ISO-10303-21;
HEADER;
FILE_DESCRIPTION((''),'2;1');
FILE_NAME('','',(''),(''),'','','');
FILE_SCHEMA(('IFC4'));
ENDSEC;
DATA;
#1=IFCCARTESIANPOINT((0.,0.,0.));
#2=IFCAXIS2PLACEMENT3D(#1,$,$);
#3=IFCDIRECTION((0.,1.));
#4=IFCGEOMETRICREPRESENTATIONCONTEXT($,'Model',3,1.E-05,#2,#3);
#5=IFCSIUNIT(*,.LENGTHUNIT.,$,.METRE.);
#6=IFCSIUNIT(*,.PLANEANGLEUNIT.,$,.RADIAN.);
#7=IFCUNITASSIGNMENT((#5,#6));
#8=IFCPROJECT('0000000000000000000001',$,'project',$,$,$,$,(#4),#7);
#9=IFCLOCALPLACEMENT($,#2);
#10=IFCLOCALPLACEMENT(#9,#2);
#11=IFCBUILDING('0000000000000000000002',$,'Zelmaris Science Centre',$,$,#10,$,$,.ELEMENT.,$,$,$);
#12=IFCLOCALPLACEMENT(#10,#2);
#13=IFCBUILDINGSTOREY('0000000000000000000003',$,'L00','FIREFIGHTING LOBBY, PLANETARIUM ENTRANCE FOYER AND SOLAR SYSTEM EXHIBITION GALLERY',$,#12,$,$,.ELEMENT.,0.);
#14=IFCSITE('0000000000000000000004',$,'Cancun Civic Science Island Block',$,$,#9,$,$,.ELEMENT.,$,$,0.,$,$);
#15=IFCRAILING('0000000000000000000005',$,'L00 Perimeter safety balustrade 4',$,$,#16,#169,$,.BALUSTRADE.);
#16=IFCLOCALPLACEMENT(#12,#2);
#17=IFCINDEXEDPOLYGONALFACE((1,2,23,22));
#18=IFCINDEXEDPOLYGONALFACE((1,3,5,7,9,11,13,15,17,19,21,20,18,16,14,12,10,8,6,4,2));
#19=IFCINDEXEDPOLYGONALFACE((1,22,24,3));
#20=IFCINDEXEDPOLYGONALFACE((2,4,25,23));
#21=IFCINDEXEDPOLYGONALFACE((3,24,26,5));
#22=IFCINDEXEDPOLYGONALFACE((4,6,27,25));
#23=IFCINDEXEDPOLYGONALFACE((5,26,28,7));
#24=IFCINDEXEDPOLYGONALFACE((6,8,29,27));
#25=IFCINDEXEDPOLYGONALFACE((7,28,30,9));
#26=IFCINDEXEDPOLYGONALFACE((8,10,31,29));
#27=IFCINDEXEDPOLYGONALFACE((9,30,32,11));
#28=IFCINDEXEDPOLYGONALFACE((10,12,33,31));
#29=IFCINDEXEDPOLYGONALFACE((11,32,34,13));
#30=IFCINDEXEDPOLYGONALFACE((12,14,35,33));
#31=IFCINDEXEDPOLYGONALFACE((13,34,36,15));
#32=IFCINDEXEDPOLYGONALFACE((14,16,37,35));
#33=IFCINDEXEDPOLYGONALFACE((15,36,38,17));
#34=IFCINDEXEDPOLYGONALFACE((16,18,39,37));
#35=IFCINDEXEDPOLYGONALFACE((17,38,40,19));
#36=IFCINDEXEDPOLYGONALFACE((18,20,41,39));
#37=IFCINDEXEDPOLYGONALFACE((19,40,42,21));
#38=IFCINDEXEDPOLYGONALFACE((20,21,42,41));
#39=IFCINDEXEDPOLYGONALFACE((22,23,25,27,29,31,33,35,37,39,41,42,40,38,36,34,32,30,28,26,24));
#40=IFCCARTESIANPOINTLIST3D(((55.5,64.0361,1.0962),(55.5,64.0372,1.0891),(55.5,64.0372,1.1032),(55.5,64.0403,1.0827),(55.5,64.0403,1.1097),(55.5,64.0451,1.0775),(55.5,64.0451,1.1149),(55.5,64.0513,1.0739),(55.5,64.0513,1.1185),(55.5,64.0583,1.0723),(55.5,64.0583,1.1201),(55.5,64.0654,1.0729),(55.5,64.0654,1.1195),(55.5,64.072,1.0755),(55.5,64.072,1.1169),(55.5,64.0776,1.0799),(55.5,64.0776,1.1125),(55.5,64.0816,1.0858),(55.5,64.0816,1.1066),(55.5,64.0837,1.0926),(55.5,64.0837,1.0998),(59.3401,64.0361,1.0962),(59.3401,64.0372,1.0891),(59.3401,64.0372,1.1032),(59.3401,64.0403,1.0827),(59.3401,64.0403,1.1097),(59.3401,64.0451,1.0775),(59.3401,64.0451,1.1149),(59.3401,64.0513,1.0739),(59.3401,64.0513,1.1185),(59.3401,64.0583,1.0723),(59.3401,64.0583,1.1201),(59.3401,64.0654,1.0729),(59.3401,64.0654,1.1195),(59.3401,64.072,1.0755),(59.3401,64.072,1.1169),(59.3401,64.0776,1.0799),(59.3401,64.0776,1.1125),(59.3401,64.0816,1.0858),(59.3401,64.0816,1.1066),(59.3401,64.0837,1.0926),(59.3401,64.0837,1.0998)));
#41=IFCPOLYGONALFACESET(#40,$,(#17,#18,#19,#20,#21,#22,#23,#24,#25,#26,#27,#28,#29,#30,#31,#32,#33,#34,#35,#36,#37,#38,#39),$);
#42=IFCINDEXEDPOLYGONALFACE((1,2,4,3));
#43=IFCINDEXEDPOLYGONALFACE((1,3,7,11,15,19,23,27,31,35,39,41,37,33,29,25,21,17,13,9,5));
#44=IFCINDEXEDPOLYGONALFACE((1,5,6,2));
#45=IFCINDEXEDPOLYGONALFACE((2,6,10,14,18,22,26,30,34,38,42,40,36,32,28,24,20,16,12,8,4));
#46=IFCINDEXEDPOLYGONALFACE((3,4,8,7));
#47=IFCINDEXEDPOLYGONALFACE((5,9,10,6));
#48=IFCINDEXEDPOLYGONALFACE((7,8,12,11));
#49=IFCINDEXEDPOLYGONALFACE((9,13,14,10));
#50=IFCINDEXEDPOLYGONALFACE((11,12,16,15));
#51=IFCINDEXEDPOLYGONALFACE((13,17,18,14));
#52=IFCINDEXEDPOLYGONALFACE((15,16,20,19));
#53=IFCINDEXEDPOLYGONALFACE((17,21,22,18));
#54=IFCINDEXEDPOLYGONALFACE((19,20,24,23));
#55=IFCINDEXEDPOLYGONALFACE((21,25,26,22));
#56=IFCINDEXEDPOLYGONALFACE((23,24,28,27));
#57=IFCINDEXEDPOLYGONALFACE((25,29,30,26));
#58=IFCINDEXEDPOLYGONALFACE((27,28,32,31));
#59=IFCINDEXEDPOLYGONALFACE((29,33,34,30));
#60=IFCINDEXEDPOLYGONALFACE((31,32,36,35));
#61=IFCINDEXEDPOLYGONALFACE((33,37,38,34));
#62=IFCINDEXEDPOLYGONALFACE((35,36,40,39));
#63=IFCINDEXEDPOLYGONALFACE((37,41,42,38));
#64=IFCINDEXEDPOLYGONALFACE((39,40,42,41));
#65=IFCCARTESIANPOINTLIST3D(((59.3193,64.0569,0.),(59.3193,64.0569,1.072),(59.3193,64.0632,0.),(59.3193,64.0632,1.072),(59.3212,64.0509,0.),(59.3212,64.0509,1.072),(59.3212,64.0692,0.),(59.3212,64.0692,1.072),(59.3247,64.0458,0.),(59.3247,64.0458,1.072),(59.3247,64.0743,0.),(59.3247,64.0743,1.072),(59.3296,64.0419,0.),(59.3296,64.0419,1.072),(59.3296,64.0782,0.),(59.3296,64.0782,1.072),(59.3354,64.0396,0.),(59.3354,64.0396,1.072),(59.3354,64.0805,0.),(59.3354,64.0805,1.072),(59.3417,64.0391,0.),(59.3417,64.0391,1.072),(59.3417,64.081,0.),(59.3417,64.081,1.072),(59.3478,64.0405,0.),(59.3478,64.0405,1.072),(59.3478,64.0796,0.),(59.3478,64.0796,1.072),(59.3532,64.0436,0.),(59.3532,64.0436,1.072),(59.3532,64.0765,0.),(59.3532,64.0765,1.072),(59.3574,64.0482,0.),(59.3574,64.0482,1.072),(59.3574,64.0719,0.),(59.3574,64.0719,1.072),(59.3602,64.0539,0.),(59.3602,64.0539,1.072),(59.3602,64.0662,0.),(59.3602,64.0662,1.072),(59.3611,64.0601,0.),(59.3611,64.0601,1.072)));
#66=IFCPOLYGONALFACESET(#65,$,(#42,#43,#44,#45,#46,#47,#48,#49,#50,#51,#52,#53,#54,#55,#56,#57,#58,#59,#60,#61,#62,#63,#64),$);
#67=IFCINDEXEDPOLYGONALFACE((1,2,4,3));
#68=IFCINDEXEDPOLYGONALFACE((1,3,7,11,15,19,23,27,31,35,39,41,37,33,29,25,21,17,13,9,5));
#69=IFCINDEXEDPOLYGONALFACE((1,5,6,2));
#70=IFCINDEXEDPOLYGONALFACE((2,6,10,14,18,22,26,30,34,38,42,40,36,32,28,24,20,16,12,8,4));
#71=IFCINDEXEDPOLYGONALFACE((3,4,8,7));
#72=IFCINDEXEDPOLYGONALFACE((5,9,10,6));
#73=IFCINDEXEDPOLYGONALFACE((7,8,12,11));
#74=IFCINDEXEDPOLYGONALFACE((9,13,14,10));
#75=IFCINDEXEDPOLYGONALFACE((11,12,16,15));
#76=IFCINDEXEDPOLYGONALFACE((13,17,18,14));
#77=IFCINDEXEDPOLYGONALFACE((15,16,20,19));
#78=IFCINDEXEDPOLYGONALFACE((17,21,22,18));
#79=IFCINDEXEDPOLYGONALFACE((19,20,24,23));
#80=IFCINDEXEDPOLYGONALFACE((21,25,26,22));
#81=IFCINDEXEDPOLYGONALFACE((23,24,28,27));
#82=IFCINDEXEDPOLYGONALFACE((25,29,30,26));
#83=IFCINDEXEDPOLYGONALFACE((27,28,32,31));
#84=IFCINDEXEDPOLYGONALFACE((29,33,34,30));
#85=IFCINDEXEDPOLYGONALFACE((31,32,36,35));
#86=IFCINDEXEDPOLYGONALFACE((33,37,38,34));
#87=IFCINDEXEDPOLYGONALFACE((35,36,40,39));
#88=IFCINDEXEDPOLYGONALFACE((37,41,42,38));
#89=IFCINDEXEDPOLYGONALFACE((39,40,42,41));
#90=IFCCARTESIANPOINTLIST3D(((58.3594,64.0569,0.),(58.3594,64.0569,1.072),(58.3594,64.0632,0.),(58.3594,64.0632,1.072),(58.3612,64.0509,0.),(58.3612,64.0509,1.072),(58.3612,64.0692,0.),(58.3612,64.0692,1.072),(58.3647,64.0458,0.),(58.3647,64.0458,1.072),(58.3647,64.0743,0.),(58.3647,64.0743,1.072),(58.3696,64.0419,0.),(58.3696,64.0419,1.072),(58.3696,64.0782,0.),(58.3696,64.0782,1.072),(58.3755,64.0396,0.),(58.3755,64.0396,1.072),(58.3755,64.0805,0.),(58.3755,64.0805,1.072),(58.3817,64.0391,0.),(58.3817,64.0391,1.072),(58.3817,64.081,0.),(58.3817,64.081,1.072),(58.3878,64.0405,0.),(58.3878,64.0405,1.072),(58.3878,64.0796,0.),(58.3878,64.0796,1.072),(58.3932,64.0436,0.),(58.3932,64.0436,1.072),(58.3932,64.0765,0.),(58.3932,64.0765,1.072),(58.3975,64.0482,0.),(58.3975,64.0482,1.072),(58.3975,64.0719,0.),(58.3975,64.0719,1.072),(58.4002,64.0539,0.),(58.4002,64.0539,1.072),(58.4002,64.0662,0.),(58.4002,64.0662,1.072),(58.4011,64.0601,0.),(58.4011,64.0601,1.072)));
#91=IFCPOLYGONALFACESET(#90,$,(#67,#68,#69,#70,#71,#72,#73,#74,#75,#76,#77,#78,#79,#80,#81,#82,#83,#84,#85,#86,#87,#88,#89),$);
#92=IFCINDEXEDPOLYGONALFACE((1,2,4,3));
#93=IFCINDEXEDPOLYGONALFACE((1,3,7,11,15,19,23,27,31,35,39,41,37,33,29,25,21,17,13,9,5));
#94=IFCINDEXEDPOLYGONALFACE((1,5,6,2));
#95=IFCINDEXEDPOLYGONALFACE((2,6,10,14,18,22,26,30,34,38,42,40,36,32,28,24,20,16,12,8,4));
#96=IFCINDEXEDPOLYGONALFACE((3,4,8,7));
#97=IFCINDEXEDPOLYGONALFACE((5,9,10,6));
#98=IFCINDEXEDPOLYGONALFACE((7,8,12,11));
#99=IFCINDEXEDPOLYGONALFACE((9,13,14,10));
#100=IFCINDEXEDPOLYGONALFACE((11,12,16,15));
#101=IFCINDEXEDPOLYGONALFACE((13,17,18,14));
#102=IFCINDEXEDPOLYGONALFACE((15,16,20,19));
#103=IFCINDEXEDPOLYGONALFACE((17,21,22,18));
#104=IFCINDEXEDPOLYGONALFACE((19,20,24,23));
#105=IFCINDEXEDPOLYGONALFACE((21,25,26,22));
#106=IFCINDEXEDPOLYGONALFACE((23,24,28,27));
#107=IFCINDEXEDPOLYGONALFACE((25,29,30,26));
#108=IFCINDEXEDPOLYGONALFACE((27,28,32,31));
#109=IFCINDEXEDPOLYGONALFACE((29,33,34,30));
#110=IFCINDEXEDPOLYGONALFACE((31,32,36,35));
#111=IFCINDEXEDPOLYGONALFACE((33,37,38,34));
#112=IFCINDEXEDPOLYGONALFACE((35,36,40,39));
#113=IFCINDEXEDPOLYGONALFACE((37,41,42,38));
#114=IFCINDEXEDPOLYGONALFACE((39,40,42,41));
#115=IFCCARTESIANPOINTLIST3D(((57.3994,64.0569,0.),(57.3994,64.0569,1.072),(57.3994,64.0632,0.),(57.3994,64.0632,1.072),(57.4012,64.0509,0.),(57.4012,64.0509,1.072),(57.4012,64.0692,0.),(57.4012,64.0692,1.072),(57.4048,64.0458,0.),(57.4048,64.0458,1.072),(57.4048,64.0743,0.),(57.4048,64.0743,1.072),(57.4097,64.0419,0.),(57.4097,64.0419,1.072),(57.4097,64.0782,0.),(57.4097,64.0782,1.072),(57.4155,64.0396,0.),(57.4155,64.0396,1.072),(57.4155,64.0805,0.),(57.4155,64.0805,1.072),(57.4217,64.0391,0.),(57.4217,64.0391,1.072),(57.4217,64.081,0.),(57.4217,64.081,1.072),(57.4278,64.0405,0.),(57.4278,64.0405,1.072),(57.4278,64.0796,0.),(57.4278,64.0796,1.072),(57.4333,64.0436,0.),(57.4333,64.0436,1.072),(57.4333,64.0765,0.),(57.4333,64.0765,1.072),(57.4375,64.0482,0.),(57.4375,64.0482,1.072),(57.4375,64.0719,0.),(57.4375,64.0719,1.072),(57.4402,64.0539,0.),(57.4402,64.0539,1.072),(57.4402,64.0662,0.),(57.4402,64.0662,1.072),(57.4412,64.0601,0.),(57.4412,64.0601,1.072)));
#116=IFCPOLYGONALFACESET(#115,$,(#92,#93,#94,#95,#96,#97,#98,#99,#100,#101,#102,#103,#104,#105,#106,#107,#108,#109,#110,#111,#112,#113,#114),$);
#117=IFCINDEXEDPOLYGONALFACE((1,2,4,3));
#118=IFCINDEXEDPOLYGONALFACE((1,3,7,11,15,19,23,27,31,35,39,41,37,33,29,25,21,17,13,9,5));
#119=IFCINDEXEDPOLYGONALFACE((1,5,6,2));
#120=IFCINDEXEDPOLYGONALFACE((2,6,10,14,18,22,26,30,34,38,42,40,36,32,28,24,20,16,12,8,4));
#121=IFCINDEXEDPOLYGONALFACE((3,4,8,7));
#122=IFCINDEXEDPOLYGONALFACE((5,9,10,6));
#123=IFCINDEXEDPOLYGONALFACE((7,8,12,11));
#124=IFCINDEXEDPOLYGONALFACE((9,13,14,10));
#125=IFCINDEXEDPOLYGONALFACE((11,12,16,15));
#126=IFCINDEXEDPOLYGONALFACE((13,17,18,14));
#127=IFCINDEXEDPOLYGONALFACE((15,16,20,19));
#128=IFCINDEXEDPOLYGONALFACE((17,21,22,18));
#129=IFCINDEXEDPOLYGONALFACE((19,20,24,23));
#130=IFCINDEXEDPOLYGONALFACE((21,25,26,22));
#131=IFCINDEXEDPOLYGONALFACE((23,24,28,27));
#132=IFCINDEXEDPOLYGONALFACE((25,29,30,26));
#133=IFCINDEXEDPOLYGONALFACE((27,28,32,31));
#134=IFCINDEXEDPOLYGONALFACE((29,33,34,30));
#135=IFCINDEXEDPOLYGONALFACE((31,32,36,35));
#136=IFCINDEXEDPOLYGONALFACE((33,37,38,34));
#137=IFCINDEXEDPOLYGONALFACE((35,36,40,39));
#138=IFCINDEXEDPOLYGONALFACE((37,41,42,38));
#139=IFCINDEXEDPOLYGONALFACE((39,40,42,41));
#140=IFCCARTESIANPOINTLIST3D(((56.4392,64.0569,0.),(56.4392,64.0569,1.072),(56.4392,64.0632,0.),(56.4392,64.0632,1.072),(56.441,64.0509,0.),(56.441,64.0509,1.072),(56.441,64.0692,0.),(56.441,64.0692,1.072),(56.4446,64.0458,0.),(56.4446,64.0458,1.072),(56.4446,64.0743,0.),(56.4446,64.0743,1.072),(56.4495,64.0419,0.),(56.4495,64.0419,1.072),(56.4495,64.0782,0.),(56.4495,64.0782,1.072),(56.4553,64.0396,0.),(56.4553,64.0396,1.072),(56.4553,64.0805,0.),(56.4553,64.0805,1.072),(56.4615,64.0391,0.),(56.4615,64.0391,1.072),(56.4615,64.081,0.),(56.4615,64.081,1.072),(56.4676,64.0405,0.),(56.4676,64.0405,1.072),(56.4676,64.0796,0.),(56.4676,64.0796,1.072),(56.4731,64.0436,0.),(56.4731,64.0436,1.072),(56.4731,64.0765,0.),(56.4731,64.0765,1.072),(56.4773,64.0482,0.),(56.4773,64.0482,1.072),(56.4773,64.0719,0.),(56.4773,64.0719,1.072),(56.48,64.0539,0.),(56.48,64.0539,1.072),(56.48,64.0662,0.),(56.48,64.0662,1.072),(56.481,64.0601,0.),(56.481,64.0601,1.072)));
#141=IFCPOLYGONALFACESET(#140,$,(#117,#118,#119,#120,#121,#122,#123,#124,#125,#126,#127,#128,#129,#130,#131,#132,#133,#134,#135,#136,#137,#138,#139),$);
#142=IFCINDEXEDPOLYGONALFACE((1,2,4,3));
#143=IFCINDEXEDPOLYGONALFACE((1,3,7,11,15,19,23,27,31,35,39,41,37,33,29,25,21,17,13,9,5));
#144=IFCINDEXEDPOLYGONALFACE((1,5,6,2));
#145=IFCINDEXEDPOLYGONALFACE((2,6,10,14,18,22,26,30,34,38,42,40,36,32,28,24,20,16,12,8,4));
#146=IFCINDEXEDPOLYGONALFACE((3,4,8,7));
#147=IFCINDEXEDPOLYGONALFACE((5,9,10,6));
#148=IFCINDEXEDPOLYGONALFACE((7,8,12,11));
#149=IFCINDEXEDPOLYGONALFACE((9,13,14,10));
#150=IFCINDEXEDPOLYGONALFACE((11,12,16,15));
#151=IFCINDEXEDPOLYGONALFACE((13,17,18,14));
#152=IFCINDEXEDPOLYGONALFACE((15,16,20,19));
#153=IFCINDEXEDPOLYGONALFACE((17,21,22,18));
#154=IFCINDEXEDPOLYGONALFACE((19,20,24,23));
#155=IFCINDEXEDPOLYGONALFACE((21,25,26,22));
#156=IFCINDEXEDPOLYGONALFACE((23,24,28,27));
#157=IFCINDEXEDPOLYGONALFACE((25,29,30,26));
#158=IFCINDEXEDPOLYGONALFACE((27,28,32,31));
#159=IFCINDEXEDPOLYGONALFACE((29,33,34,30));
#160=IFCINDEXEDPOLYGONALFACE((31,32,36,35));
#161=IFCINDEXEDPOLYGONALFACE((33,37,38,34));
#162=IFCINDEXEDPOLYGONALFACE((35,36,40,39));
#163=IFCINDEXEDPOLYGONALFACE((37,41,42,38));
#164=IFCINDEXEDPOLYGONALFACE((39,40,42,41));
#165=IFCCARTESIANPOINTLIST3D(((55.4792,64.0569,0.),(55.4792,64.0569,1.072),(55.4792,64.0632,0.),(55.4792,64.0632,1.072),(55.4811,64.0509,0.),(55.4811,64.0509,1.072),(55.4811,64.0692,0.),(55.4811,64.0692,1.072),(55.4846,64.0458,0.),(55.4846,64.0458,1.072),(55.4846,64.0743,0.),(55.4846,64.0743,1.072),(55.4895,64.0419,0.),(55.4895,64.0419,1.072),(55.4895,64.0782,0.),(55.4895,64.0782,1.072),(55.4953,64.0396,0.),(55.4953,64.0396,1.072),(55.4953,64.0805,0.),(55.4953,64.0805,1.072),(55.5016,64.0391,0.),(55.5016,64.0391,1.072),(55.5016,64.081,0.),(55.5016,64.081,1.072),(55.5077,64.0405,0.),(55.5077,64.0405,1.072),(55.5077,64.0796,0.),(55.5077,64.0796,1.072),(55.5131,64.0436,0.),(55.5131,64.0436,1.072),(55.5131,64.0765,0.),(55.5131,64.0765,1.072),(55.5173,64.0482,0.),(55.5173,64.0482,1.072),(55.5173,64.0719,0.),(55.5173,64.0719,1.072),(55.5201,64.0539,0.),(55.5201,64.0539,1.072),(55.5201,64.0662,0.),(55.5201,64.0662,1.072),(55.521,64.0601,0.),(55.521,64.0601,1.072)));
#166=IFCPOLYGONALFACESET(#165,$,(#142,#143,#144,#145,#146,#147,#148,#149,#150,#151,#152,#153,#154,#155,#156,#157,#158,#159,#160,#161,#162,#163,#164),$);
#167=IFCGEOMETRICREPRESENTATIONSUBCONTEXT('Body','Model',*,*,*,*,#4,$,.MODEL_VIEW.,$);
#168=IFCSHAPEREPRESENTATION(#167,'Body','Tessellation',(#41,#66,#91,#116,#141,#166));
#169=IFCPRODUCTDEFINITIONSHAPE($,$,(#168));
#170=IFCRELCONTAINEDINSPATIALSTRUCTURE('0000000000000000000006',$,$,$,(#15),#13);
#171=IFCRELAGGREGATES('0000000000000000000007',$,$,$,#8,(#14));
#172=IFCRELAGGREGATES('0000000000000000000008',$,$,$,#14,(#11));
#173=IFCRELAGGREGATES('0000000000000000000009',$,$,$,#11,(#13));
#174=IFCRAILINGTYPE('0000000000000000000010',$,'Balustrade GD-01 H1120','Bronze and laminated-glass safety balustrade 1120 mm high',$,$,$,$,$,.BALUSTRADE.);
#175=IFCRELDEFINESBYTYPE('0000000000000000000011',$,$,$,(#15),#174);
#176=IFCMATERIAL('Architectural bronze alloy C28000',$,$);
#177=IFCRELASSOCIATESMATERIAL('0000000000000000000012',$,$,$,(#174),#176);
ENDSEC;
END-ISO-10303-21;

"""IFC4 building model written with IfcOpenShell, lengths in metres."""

from ifc_helpers import new_model, si_unit, direction, frame, origin, origin_2d, place, context, subcontext, project, spatial, circle, extrude, material, type_object, element, save


model = new_model("IFC4")

# Units and contexts
model_context = context("Model", 3, precision=1e-05, world=origin(), true_north=direction((0.0, 1.0)))
body_context = subcontext(model_context, "Body", "Model", "MODEL_VIEW")
ifc_project = project(units=[si_unit("LENGTHUNIT", "METRE"), si_unit("PLANEANGLEUNIT", "RADIAN")], contexts=[model_context])

# Site, building, storey
site_placement = place(None, origin())
site = spatial("IfcSite", under=ifc_project, at=site_placement, Name="Cancun Civic Science Island Block", CompositionType="ELEMENT", RefElevation=0.0)
building_placement = place(site_placement, origin())
building = spatial("IfcBuilding", under=site, at=building_placement, Name="Zelmaris Science Centre", CompositionType="ELEMENT")
storey_placement = place(building_placement, origin())
storey = spatial("IfcBuildingStorey", under=building, at=storey_placement, Name="L00", Description="FIREFIGHTING LOBBY, PLANETARIUM ENTRANCE FOYER AND SOLAR SYSTEM EXHIBITION GALLERY", CompositionType="ELEMENT", Elevation=0.0)

# Railing
ifc_material_1 = material(Name="Architectural bronze alloy C28000")
railing_type = type_object("IfcRailingType", Name="Balustrade GD-01 H1120", Description="Bronze and laminated-glass safety balustrade 1120 mm high", PredefinedType="BALUSTRADE", material=ifc_material_1)
railing_1_placement = place(storey_placement, frame((59.3401, 64.0601, 0.0)))
element("IfcRailing", 1, at=railing_1_placement, inside=storey, type_object=railing_type, Name="L00 Perimeter safety balustrade 4", PredefinedType="BALUSTRADE", context=body_context, shape_type="SweptSolid", body=[
    extrude(circle(Radius=0.0239, at=origin_2d()), frame((0.0, 0.0, 1.0962), z_axis=(-1.0, 0.0, 0.0), x_axis=(0.0, -1.0, 0.0)), (0.0, 0.0, 1.0), 3.8401),
    extrude(circle(Radius=0.021, at=origin_2d()), origin(), (0.0, 0.0, 1.0), 1.072),
    extrude(circle(Radius=0.021, at=origin_2d()), frame((-0.96, 0.0, 0.0)), (0.0, 0.0, 1.0), 1.072),
    extrude(circle(Radius=0.021, at=origin_2d()), frame((-1.9199, 0.0, 0.0)), (0.0, 0.0, 1.0), 1.072),
    extrude(circle(Radius=0.021, at=origin_2d()), frame((-2.8801, 0.0, 0.0)), (0.0, 0.0, 1.0), 1.072),
    extrude(circle(Radius=0.021, at=origin_2d()), frame((-3.8401, 0.0, 0.0)), (0.0, 0.0, 1.0), 1.072),
])

save(model, "model.ifc")
